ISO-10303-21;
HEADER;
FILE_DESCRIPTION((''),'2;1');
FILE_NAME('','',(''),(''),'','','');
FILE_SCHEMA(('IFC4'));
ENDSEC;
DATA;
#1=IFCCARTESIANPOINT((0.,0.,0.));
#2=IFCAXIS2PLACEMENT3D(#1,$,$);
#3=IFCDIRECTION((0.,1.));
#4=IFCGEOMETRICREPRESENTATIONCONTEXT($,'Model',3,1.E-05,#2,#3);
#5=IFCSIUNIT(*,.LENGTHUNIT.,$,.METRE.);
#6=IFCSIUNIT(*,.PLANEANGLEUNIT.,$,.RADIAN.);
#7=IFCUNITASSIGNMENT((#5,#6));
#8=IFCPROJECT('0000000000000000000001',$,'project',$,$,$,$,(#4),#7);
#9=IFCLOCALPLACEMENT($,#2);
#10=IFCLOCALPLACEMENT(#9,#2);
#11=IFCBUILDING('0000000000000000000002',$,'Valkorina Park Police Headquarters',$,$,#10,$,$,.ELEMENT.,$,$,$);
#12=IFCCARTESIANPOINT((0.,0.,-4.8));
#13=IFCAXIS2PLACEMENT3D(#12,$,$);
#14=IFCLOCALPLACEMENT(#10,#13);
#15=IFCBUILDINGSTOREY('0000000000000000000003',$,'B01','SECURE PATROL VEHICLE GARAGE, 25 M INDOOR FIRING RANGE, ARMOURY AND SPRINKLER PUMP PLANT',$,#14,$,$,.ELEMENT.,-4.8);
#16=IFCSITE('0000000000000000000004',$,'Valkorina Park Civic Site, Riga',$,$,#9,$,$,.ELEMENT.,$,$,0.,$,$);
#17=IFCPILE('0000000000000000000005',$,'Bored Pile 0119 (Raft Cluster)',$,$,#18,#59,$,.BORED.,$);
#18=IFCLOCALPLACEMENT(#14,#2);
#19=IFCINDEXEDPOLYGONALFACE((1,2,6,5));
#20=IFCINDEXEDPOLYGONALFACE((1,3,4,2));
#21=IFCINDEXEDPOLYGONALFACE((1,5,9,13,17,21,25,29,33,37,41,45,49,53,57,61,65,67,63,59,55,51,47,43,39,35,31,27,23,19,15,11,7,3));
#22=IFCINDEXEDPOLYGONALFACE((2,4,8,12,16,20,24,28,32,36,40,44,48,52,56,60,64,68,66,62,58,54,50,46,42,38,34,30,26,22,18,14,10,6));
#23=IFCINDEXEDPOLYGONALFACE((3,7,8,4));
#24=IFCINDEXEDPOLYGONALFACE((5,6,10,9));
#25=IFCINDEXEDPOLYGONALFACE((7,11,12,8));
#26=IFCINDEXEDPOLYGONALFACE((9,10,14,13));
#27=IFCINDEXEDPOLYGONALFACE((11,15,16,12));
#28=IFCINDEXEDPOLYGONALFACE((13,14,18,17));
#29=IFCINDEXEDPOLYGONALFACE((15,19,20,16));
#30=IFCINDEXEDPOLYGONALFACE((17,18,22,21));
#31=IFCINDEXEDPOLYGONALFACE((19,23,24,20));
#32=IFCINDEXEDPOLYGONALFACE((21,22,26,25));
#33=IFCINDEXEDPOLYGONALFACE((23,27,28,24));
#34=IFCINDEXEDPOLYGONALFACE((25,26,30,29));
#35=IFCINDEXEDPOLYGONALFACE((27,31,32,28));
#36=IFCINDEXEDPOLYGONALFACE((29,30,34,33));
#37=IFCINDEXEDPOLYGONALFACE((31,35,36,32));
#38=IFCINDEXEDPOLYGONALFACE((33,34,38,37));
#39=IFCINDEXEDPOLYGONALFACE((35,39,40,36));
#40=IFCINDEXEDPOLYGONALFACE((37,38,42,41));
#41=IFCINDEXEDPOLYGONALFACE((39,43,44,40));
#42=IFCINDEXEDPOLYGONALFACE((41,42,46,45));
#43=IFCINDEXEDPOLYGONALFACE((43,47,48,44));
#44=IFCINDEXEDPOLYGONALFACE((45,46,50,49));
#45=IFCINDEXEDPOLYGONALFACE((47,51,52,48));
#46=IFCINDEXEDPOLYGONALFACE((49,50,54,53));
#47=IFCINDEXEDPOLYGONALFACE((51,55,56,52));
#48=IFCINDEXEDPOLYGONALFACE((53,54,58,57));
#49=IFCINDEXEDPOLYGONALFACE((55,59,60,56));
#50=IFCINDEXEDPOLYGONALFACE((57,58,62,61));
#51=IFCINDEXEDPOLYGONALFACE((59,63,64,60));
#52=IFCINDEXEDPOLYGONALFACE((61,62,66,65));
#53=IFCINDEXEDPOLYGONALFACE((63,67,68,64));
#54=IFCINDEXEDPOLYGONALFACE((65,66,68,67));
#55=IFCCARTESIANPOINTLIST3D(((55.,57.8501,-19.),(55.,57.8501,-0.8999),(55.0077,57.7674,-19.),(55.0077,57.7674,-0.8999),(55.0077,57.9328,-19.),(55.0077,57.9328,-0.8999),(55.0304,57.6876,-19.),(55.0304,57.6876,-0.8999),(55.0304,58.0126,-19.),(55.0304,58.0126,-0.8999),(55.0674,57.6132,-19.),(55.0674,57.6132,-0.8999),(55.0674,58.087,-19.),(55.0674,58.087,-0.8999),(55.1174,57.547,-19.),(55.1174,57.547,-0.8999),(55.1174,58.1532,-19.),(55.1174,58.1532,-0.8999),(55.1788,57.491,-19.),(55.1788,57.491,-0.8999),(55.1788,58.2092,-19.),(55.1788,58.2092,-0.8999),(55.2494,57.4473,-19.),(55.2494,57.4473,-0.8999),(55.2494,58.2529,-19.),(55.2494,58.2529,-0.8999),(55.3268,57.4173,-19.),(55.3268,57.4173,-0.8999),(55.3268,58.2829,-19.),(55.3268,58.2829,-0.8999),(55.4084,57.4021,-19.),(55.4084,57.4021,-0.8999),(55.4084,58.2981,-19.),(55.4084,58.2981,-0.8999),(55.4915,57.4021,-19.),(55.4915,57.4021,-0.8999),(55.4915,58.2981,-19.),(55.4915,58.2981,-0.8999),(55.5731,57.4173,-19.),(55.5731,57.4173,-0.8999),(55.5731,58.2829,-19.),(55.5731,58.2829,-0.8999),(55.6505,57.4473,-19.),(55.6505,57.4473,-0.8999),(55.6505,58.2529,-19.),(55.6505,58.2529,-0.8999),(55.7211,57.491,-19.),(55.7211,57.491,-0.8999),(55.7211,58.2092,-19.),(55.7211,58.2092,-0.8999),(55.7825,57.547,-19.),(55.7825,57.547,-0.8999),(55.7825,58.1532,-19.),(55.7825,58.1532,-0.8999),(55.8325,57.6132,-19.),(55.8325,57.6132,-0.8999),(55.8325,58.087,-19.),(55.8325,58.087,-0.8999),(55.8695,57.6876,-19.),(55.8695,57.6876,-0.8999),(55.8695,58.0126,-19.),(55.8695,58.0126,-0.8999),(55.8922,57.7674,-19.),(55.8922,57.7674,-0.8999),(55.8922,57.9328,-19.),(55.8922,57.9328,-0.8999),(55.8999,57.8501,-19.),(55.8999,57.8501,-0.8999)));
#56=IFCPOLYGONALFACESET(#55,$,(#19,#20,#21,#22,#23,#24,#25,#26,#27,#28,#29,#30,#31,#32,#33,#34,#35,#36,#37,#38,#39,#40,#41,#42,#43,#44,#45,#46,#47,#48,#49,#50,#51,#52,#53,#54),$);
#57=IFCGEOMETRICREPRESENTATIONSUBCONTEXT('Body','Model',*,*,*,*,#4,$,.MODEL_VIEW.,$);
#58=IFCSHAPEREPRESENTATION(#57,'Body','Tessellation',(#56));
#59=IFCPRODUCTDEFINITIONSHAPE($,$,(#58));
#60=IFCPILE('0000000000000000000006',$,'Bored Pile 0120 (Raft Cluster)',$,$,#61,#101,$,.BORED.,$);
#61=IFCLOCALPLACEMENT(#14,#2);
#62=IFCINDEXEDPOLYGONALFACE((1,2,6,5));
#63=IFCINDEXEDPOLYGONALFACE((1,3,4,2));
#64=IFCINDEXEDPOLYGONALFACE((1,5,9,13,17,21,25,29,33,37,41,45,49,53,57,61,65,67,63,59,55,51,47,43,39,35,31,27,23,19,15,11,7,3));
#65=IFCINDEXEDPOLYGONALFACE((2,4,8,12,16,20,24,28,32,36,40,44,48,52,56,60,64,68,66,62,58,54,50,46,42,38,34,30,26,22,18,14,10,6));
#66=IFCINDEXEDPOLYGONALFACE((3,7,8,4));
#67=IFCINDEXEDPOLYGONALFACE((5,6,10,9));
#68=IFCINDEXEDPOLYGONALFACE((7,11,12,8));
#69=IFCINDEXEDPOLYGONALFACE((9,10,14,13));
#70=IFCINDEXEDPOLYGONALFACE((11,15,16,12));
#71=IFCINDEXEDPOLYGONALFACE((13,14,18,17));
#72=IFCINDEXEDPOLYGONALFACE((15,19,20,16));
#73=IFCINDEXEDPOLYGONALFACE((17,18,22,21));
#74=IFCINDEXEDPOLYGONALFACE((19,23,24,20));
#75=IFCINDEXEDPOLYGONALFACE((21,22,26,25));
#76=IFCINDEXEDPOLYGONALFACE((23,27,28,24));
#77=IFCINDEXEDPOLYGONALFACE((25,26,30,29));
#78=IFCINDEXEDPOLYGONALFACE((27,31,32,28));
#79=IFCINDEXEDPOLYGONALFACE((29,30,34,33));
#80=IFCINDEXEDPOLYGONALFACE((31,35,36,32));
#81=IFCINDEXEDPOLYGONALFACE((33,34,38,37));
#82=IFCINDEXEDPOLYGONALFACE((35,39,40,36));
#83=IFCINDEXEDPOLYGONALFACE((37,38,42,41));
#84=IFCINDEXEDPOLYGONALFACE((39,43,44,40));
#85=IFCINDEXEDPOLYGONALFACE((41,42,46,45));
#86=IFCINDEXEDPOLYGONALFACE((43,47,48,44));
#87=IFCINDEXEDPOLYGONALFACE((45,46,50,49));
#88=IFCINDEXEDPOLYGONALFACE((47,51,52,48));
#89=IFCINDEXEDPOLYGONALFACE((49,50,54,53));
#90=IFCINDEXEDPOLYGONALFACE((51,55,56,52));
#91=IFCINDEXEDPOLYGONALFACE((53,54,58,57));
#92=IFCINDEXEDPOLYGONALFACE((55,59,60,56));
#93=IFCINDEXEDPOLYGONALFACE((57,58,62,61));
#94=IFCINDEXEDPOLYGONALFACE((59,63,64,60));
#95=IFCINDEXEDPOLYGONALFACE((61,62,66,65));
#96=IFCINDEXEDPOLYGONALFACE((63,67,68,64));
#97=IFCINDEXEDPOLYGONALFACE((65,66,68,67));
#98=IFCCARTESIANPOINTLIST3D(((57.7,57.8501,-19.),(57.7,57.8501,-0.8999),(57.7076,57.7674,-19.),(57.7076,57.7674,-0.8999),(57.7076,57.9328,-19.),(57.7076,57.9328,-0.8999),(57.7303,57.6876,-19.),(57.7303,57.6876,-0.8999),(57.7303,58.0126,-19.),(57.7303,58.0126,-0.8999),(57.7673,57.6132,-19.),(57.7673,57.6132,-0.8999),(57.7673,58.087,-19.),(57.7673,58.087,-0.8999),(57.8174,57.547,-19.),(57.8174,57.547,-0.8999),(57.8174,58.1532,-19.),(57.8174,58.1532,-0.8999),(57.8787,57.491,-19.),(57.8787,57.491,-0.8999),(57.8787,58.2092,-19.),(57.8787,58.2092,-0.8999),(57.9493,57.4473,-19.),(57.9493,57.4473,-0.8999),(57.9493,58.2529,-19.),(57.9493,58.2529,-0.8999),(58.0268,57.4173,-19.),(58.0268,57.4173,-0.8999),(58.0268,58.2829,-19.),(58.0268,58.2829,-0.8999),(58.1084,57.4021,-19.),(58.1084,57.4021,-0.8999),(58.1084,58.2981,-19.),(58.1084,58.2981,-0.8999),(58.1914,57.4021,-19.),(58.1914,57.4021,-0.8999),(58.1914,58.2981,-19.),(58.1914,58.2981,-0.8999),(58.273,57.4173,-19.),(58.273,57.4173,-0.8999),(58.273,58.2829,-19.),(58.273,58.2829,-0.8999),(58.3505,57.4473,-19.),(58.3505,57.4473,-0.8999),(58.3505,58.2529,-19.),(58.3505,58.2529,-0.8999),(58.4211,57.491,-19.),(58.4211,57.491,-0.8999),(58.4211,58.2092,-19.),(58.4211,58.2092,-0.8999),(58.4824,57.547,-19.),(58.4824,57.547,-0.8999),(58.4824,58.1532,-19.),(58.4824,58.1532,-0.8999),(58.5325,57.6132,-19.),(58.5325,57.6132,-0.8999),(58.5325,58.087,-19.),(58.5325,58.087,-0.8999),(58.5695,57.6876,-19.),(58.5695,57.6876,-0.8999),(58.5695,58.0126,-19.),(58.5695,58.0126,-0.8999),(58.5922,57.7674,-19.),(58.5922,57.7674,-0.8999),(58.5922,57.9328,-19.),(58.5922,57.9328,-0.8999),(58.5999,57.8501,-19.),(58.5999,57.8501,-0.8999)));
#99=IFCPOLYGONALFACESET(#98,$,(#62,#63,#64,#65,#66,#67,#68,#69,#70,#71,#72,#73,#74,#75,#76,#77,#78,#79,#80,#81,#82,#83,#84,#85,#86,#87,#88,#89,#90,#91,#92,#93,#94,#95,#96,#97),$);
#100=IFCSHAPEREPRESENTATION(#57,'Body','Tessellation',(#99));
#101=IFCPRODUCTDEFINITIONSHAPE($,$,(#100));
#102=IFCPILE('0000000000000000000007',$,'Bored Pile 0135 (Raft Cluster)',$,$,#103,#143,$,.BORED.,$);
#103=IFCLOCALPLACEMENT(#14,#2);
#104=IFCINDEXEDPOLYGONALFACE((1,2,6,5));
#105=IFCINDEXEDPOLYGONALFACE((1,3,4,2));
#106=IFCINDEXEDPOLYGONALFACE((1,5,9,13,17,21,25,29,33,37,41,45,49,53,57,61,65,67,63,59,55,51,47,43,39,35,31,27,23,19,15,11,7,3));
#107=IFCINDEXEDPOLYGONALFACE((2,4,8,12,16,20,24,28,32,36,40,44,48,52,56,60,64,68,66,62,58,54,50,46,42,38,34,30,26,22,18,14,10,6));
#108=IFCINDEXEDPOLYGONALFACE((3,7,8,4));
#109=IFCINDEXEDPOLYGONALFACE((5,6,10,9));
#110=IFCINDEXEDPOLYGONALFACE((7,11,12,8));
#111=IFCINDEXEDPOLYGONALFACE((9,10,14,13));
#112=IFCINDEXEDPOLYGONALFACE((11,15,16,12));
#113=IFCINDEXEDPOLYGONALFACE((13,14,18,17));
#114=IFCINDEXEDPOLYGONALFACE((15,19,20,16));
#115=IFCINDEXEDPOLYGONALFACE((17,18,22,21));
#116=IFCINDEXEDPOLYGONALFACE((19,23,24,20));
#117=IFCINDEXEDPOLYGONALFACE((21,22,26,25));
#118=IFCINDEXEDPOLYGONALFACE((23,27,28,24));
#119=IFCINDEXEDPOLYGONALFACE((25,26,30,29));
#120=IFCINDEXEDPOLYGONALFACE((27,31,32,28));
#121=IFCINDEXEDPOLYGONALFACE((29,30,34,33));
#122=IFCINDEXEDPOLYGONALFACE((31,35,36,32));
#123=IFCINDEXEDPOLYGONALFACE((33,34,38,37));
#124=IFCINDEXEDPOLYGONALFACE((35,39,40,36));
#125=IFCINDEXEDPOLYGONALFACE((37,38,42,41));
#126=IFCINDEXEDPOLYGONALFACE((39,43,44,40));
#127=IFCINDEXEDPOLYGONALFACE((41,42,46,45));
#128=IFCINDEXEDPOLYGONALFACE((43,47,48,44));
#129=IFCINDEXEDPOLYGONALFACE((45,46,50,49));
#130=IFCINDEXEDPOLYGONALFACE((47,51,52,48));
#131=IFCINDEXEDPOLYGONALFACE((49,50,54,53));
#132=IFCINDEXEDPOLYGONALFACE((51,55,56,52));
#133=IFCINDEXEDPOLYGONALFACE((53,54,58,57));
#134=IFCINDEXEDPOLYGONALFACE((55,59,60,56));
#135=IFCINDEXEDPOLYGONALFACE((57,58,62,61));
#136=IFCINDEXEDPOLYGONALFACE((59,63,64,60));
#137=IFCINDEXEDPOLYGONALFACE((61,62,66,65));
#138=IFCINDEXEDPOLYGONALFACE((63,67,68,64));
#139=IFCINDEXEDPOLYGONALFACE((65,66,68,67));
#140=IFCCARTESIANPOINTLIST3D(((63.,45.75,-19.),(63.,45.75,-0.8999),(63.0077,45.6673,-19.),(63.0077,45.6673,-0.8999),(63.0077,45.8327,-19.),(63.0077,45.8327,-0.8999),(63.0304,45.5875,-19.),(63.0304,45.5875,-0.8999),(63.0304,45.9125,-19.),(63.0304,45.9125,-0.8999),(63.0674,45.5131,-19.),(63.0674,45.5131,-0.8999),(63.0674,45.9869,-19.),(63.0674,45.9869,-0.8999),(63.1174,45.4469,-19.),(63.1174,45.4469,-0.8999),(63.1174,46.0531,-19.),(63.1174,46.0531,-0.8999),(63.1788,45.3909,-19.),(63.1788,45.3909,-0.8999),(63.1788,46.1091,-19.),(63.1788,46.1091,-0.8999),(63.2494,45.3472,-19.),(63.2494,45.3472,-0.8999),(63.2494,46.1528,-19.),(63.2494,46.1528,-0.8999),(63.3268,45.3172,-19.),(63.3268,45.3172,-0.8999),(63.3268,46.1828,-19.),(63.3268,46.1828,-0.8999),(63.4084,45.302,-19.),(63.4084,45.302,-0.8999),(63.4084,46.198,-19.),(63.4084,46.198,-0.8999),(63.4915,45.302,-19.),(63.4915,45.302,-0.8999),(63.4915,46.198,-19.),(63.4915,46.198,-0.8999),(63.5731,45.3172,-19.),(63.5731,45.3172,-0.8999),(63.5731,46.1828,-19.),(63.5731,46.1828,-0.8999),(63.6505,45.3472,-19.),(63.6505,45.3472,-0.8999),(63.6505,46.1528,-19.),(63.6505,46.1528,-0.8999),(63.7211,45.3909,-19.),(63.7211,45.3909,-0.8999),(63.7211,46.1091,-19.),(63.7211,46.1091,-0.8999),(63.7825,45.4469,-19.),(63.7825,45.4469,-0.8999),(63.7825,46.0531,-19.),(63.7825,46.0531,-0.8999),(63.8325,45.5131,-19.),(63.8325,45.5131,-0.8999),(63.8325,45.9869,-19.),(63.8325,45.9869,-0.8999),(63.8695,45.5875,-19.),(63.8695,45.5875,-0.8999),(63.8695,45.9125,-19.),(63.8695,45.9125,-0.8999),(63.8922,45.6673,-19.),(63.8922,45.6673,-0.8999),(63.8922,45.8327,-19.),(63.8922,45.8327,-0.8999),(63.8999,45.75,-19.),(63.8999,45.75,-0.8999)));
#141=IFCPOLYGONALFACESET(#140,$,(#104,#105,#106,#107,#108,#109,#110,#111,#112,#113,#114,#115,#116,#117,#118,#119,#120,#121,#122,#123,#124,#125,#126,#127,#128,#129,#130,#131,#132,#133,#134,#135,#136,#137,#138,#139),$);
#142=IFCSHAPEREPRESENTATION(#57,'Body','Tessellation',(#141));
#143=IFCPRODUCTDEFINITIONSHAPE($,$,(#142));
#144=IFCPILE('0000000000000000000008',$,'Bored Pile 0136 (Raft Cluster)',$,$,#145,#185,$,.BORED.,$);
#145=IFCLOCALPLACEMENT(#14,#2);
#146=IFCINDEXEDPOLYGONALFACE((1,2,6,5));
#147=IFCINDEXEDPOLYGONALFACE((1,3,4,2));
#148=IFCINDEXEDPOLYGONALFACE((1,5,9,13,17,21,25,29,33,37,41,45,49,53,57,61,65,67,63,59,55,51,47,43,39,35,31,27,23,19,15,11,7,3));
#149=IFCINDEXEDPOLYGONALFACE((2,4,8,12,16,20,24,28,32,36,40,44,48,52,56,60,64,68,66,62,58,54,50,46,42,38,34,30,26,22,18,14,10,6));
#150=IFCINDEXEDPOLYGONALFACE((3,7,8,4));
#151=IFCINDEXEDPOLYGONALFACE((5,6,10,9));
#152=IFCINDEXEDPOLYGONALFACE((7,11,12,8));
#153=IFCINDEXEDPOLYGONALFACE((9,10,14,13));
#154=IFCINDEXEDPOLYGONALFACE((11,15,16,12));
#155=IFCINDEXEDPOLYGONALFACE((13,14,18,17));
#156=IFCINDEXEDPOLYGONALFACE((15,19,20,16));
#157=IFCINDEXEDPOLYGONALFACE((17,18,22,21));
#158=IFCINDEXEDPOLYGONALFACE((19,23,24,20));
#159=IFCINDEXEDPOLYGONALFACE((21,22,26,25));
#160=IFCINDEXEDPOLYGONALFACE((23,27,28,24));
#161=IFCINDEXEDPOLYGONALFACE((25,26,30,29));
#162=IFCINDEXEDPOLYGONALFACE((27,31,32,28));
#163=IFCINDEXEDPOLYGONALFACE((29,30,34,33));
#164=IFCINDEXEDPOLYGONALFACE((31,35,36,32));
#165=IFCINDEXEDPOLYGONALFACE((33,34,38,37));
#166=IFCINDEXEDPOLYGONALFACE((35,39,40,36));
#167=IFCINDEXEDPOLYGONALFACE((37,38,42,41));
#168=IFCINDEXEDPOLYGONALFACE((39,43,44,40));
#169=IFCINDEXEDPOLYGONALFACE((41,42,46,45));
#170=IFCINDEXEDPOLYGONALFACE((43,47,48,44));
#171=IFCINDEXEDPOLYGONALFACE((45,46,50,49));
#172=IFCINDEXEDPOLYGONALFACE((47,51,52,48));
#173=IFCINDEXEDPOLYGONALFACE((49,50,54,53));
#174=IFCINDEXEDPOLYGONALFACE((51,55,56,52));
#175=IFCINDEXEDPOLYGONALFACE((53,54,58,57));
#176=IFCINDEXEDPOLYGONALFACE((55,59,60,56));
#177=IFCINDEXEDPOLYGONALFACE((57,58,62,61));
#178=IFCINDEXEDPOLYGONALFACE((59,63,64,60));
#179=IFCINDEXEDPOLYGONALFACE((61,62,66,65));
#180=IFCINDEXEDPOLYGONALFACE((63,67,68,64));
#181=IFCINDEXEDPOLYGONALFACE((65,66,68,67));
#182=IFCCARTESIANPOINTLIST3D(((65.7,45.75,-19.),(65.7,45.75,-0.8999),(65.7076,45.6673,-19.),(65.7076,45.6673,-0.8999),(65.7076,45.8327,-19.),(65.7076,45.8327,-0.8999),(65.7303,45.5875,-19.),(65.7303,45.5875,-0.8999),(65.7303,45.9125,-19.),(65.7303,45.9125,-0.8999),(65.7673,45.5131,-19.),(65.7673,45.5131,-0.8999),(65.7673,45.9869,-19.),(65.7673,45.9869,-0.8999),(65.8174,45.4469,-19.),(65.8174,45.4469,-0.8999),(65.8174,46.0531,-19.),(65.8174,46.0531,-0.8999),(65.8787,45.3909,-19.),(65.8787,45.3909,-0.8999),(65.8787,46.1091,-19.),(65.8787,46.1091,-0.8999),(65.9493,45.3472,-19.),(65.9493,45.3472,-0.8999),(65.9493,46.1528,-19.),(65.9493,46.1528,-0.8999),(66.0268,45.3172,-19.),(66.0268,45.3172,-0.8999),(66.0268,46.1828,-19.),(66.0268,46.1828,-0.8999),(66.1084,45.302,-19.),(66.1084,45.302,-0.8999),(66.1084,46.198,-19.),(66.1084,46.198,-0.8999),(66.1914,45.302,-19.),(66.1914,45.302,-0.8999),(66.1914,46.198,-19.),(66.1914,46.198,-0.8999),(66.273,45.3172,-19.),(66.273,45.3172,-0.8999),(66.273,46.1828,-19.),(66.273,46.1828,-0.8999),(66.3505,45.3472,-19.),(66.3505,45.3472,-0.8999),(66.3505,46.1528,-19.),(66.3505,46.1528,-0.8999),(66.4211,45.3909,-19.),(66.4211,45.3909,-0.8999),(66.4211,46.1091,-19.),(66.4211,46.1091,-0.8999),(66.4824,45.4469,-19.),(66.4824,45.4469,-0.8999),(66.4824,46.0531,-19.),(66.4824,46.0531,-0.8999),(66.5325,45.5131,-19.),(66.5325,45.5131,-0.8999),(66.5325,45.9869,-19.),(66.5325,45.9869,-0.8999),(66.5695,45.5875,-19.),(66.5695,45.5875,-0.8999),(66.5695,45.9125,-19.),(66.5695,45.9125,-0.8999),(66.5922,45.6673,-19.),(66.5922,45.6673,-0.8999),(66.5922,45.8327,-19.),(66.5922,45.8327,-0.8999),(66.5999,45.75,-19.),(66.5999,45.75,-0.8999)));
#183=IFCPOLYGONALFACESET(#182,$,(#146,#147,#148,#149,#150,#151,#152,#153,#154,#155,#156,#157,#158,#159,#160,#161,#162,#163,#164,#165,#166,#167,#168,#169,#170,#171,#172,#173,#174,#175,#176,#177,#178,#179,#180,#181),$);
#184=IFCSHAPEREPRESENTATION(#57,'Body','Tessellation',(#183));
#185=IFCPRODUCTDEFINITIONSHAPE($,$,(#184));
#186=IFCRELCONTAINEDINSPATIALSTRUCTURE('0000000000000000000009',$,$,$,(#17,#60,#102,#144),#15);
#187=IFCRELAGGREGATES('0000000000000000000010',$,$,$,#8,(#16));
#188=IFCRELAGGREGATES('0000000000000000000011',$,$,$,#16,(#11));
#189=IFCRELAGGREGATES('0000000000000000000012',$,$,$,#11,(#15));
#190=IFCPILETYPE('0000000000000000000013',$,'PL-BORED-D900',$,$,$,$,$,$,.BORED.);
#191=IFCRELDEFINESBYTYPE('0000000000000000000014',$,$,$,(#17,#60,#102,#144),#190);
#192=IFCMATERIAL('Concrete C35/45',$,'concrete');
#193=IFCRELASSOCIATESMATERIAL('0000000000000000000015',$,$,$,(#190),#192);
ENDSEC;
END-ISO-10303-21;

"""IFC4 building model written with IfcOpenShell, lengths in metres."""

from ifc_helpers import new_model, si_unit, direction, frame, origin, origin_2d, place, context, subcontext, project, spatial, circle, extrude, material, material_profile, profile_set, type_object, element, save


model = new_model("IFC4")

# Units and contexts
model_context = context("Model", 3, precision=1e-05, world=origin(), true_north=direction((0.0, 1.0)))
body_context = subcontext(model_context, "Body", "Model", "MODEL_VIEW")
ifc_project = project(units=[si_unit("LENGTHUNIT", "METRE"), si_unit("PLANEANGLEUNIT", "RADIAN")], contexts=[model_context])

# Site, building, storey
site_placement = place(None, origin())
site = spatial("IfcSite", under=ifc_project, at=site_placement, Name="Valkorina Park Civic Site, Riga", CompositionType="ELEMENT", RefElevation=0.0)
building_placement = place(site_placement, origin())
building = spatial("IfcBuilding", under=site, at=building_placement, Name="Valkorina Park Police Headquarters", CompositionType="ELEMENT")
storey_placement = place(building_placement, frame((0.0, 0.0, -4.8)))
storey = spatial("IfcBuildingStorey", under=building, at=storey_placement, Name="B01", Description="SECURE PATROL VEHICLE GARAGE, 25 M INDOOR FIRING RANGE, ARMOURY AND SPRINKLER PUMP PLANT", CompositionType="ELEMENT", Elevation=-4.8)

# Piles
ifc_material_1 = material(Name="Concrete C35/45", Category="concrete")
ifc_material_profile_1 = material_profile(ifc_material_1, circle(Radius=0.45, at=origin_2d()), Name="BORED PILE D900")
ifc_profile_set_1 = profile_set([ifc_material_profile_1], Name="Concrete C35/45")
pile_type = type_object("IfcPileType", Name="PL-BORED-D900", PredefinedType="BORED", material=ifc_profile_set_1)
for number, where, z_axis, x_axis, name in (
    (1, (55.45, 57.8501, -0.8999), (0.0, 0.0, -1.0), (1.0, 0.0, 0.0), "Bored Pile 0119 (Raft Cluster)"),
    (2, (58.1499, 57.8501, -0.8999), (0.0, 0.0, -1.0), (1.0, 0.0, 0.0), "Bored Pile 0120 (Raft Cluster)"),
    (3, (63.45, 45.75, -0.8999), (0.0, 0.0, -1.0), (1.0, 0.0, 0.0), "Bored Pile 0135 (Raft Cluster)"),
    (4, (66.1499, 45.75, -0.8999), (0.0, 0.0, -1.0), (1.0, 0.0, 0.0), "Bored Pile 0136 (Raft Cluster)"),
):
    element("IfcPile", number, at=place(storey_placement, frame(where, z_axis=z_axis, x_axis=x_axis)), inside=storey, type_object=pile_type, Name=name, PredefinedType="BORED", context=body_context, shape_type="SweptSolid", body=[
        extrude(circle(Radius=0.45, at=origin_2d()), origin(), (0.0, 0.0, 1.0), 18.1001),
    ])

save(model, "model.ifc")
